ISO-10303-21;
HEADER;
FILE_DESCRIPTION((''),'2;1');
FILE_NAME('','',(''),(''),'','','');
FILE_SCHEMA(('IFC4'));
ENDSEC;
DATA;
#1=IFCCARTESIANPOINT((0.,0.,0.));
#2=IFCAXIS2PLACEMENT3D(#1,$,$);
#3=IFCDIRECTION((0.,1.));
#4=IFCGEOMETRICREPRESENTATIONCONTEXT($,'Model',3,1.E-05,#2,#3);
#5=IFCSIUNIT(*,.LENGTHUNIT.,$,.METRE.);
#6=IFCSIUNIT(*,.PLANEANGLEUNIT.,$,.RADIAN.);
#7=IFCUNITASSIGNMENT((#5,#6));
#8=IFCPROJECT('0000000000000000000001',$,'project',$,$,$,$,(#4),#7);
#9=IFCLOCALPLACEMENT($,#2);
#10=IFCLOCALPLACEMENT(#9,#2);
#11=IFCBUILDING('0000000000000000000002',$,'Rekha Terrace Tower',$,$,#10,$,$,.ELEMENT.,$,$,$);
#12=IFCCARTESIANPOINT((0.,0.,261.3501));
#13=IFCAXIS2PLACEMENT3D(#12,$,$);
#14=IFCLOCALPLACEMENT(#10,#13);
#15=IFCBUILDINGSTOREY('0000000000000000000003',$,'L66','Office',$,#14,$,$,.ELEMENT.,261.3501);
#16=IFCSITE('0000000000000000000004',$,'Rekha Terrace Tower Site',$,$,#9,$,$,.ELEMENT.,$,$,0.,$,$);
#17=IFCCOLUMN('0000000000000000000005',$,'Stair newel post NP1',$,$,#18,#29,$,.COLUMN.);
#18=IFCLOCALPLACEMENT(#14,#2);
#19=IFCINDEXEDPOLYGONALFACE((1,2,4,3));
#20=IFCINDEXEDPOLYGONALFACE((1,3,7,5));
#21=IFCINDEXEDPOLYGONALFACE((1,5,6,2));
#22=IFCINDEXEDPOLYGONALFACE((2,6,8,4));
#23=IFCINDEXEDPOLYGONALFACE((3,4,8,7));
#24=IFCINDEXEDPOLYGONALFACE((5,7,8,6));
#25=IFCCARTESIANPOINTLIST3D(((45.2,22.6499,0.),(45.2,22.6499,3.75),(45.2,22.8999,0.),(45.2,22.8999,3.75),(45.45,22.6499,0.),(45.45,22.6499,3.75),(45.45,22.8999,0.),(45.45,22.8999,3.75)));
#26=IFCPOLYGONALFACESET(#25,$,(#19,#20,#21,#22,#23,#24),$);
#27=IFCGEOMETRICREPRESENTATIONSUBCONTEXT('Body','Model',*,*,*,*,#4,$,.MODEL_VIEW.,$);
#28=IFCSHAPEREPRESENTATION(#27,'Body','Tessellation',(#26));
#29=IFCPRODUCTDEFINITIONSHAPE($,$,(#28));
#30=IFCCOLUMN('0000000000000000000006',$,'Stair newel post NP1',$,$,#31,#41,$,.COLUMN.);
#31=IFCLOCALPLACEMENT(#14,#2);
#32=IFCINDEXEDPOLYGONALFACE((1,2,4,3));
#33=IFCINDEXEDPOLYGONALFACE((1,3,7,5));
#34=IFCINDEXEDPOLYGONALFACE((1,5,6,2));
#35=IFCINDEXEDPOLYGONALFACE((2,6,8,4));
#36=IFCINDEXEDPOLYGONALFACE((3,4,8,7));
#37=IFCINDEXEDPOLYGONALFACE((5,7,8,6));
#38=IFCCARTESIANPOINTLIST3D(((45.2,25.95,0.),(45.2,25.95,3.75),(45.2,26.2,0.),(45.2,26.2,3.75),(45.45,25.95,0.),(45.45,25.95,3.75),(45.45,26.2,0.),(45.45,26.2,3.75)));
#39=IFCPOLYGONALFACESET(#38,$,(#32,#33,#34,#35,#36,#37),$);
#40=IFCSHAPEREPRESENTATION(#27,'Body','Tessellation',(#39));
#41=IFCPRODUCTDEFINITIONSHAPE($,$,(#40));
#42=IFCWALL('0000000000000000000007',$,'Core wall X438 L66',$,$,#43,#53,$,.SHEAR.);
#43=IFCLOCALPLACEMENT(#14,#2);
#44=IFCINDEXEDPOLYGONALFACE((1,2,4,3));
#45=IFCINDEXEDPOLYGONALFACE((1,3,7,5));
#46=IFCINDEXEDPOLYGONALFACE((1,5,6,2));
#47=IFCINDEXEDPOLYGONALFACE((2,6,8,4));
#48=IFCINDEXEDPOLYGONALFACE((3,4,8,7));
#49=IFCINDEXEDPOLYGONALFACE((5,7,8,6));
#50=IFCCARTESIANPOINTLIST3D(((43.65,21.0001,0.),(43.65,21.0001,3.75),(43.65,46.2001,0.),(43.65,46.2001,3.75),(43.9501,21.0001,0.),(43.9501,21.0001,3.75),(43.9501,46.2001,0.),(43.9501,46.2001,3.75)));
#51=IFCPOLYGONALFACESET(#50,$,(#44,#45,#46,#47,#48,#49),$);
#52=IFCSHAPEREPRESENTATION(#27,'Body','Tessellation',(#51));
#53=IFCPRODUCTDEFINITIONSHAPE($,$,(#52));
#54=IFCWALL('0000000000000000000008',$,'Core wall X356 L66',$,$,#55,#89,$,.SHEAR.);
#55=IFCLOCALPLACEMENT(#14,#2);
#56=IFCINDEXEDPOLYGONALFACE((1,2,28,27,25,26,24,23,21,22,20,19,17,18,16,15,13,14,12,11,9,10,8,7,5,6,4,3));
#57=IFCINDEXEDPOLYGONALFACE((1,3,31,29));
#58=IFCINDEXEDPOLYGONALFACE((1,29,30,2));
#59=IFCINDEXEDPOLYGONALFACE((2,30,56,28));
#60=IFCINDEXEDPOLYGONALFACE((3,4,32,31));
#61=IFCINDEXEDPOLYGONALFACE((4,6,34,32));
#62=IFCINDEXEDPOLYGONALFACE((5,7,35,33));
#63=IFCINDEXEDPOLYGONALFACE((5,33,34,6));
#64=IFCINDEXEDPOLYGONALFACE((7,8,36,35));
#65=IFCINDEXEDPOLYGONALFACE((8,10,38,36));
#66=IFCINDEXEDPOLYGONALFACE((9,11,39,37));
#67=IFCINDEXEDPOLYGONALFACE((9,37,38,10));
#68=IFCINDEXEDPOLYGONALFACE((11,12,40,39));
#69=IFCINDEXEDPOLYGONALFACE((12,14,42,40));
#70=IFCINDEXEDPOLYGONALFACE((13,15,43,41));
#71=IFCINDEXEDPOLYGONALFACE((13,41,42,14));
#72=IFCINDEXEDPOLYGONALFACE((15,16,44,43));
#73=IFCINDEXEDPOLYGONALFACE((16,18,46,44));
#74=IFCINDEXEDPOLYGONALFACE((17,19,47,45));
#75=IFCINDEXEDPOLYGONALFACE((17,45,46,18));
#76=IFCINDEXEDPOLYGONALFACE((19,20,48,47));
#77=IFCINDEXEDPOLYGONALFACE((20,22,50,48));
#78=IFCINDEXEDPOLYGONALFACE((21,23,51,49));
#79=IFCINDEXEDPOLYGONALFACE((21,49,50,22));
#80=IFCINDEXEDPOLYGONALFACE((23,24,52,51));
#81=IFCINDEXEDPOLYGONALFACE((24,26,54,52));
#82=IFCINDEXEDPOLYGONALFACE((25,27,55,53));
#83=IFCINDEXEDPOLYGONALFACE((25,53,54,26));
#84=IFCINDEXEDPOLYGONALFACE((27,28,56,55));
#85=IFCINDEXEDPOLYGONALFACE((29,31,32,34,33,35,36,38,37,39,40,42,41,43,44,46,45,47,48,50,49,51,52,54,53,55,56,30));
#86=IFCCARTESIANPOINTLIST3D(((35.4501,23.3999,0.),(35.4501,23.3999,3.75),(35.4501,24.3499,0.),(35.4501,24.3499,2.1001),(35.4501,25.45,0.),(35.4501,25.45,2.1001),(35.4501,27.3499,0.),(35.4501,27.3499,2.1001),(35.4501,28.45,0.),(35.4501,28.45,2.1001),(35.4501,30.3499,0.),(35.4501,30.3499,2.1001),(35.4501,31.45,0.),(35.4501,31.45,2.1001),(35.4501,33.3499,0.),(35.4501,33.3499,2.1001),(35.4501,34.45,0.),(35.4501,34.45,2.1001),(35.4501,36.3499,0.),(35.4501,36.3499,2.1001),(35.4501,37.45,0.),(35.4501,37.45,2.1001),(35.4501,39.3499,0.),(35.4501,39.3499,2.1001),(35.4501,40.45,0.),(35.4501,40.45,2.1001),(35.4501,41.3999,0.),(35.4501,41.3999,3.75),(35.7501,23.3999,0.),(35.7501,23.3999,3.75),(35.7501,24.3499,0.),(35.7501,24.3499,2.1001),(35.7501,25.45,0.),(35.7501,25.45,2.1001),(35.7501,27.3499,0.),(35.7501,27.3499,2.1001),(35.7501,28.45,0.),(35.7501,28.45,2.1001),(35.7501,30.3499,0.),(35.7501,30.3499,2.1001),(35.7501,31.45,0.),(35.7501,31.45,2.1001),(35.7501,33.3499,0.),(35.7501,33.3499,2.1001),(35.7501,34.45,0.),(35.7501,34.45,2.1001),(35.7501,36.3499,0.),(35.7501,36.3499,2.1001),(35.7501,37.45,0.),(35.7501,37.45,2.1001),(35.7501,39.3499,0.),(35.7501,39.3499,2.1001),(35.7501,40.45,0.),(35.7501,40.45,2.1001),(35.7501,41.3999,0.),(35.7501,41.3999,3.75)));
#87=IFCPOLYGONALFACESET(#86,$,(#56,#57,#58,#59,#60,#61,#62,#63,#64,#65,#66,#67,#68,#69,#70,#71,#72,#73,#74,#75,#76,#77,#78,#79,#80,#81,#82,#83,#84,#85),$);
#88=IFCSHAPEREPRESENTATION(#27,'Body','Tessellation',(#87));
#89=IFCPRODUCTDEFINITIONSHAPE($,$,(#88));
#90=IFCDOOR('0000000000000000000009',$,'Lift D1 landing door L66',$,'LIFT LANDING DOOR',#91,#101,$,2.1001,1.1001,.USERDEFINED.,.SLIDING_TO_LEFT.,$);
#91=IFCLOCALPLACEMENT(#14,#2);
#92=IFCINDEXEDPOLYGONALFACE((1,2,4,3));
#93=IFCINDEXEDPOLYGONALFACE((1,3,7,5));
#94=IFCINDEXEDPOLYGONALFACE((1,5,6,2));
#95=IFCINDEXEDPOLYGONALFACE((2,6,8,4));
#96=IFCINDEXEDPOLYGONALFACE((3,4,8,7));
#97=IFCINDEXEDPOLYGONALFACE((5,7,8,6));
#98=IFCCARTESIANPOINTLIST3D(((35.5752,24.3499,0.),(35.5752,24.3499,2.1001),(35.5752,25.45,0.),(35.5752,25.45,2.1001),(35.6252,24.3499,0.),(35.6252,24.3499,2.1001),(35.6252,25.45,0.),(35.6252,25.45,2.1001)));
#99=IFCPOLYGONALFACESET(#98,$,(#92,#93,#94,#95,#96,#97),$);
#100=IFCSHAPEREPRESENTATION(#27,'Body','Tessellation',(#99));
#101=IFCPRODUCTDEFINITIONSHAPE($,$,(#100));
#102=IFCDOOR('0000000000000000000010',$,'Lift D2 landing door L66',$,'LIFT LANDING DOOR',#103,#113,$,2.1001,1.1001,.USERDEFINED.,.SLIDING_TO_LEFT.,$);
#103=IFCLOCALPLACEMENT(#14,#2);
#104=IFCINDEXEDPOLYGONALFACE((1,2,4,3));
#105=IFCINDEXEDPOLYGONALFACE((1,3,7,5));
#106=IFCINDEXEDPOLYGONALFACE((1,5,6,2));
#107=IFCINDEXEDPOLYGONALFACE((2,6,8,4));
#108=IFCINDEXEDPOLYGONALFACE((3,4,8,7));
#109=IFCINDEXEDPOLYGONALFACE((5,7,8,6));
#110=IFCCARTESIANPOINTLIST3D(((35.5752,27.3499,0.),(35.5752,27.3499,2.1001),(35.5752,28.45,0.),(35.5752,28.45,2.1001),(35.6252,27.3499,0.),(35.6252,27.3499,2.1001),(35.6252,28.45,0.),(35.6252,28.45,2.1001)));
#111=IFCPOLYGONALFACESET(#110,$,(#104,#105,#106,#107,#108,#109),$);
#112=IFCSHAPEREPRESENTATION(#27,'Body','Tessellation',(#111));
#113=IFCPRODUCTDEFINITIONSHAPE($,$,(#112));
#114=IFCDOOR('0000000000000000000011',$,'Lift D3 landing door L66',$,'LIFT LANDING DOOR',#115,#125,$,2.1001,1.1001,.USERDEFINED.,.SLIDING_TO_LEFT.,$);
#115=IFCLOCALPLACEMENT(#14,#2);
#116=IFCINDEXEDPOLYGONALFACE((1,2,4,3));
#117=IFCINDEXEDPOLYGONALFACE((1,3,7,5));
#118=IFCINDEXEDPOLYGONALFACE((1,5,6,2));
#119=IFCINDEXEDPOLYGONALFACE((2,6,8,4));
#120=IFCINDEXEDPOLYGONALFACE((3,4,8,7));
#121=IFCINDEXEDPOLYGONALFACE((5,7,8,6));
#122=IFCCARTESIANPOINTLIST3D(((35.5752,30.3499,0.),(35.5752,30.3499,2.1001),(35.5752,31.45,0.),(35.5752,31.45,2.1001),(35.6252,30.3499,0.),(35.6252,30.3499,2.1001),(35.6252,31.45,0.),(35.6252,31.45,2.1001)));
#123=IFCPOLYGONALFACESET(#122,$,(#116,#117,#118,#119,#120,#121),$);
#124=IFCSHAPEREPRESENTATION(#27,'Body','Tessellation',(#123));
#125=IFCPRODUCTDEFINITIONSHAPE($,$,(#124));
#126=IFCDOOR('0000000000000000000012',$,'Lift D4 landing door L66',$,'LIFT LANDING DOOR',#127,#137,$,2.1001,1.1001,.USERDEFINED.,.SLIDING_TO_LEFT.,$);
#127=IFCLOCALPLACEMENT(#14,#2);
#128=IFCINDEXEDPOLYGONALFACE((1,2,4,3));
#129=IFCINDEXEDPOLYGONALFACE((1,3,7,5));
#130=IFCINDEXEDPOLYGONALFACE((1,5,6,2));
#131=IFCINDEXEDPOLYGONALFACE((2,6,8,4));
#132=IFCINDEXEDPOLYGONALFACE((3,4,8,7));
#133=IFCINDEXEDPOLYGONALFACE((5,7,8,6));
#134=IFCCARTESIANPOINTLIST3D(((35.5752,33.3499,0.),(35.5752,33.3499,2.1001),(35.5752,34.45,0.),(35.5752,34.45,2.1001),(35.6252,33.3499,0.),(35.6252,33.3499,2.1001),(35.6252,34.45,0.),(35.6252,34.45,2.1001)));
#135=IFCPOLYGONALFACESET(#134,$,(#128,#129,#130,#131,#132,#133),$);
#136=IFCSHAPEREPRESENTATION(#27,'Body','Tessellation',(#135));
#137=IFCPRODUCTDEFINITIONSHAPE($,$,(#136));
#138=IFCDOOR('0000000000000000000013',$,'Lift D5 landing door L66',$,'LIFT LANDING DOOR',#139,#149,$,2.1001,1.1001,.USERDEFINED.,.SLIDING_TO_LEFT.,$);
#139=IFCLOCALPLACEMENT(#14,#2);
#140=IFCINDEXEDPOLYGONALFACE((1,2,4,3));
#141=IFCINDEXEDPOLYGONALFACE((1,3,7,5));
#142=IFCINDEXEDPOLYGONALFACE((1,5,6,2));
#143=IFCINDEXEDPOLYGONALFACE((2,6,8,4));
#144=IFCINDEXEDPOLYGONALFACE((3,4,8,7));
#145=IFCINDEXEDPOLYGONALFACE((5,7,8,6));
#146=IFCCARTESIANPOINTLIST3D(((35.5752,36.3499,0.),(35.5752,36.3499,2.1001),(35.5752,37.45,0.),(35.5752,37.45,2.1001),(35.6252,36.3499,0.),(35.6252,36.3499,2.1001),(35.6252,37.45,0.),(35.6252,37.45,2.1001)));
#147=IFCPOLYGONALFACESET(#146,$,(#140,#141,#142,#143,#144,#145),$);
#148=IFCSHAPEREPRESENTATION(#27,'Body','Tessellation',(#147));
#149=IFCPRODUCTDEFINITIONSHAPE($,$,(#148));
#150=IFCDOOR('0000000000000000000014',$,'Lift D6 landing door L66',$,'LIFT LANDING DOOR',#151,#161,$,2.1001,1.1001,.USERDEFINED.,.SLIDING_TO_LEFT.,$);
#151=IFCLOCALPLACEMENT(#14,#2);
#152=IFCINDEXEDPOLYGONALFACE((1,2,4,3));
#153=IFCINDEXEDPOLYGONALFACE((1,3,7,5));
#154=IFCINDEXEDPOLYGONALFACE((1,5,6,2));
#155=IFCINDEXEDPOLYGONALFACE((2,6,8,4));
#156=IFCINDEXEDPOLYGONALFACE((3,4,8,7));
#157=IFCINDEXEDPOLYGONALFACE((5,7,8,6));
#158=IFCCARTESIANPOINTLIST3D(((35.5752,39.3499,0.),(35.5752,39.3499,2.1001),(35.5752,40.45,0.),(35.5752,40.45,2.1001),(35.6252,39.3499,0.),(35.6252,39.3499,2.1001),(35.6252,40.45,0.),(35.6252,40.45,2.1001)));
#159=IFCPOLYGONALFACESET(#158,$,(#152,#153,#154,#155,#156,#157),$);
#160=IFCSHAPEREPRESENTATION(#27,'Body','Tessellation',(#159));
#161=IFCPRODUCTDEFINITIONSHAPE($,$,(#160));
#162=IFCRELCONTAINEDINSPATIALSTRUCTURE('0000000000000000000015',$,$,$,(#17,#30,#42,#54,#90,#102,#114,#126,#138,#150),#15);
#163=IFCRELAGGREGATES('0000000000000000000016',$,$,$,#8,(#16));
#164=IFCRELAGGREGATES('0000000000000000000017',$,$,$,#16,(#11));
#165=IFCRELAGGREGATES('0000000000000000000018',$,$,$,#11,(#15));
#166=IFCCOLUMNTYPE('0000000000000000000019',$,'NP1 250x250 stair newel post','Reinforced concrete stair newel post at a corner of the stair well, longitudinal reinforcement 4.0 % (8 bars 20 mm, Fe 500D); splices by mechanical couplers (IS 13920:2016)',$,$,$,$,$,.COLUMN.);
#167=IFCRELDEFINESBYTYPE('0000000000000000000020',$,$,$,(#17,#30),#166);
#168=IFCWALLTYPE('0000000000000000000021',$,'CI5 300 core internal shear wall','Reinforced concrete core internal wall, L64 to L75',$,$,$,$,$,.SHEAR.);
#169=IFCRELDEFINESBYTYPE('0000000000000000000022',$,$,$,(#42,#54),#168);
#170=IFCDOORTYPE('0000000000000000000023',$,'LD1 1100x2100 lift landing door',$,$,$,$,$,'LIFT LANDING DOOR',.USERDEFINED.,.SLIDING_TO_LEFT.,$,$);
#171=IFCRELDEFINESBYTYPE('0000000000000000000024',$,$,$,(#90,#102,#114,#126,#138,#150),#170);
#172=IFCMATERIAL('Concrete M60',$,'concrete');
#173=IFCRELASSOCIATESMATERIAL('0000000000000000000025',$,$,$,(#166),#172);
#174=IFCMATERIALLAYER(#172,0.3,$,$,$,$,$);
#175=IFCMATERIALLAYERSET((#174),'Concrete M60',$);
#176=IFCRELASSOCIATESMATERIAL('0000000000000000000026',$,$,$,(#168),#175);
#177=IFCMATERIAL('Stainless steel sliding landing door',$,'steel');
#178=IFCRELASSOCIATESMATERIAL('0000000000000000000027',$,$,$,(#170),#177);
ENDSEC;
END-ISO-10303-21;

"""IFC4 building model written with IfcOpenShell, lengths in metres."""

from ifc_helpers import new_model, si_unit, direction, frame, frame_2d, origin, origin_2d, place, context, subcontext, project, spatial, rectangle, extrude, material, layer, layer_set, material_profile, profile_set, type_object, element, fill, save


model = new_model("IFC4")

# Units and contexts
model_context = context("Model", 3, precision=1e-05, world=origin(), true_north=direction((0.0, 1.0)))
body_context = subcontext(model_context, "Body", "Model", "MODEL_VIEW")
ifc_project = project(units=[si_unit("LENGTHUNIT", "METRE"), si_unit("PLANEANGLEUNIT", "RADIAN")], contexts=[model_context])

# Site, building, storey
site_placement = place(None, origin())
site = spatial("IfcSite", under=ifc_project, at=site_placement, Name="Rekha Terrace Tower Site", CompositionType="ELEMENT", RefElevation=0.0)
building_placement = place(site_placement, origin())
building = spatial("IfcBuilding", under=site, at=building_placement, Name="Rekha Terrace Tower", CompositionType="ELEMENT")
storey_placement = place(building_placement, frame((0.0, 0.0, 261.3501)))
storey = spatial("IfcBuildingStorey", under=building, at=storey_placement, Name="L66", Description="Office", CompositionType="ELEMENT", Elevation=261.3501)

# Columns
ifc_material_1 = material(Name="Concrete M60", Category="concrete")
ifc_material_profile = material_profile(ifc_material_1, rectangle(XDim=0.25, YDim=0.25, at=origin_2d()), Name="RC 250x250")
ifc_profile_set = profile_set([ifc_material_profile], Name="Concrete M60")
column_type = type_object("IfcColumnType", Name="NP1 250x250 stair newel post", Description="Reinforced concrete stair newel post at a corner of the stair well, longitudinal reinforcement 4.0 % (8 bars 20 mm, Fe 500D); splices by mechanical couplers (IS 13920:2016)", PredefinedType="COLUMN", material=ifc_profile_set)
for number, where, z_axis, x_axis, name in (
    (1, (45.325, 22.7749, 0.0), (0.0, 0.0, 1.0), (1.0, 0.0, 0.0), "Stair newel post NP1"),
    (2, (45.325, 26.075, 0.0), (0.0, 0.0, 1.0), (1.0, 0.0, 0.0), "Stair newel post NP1"),
):
    element("IfcColumn", number, at=place(storey_placement, frame(where, z_axis=z_axis, x_axis=x_axis)), inside=storey, type_object=column_type, Name=name, PredefinedType="COLUMN", context=body_context, shape_type="SweptSolid", body=[
        extrude(rectangle(XDim=0.25, YDim=0.25, at=origin_2d()), origin(), (0.0, 0.0, 1.0), 3.75),
    ])

# Wall
ifc_layer_1 = layer(ifc_material_1, 0.3)
ifc_layer_set_1 = layer_set([ifc_layer_1], Name="Concrete M60")
wall_type_1 = type_object("IfcWallType", Name="CI5 300 core internal shear wall", Description="Reinforced concrete core internal wall, L64 to L75", PredefinedType="SHEAR", material=ifc_layer_set_1)
wall_1_placement = place(storey_placement, frame((43.8, 21.0, 0.0), z_axis=(0.0, 0.0, 1.0), x_axis=(0.0, 1.0, 0.0)))
element("IfcWall", 3, at=wall_1_placement, inside=storey, type_object=wall_type_1, Name="Core wall X438 L66", PredefinedType="SHEAR", context=body_context, shape_type="SweptSolid", body=[
    extrude(rectangle(XDim=25.2, YDim=0.3, at=frame_2d((12.6001, 0.0))), origin(), (0.0, 0.0, 1.0), 3.75),
])

# Wall, openings, doors
wall_2_placement = place(storey_placement, frame((35.6001, 23.3999, 0.0), z_axis=(0.0, 0.0, 1.0), x_axis=(0.0, 1.0, 0.0)))
wall_2 = element("IfcWall", 4, at=wall_2_placement, inside=storey, type_object=wall_type_1, Name="Core wall X356 L66", PredefinedType="SHEAR", context=body_context, shape_type="SweptSolid", body=[
    extrude(rectangle(XDim=18.0, YDim=0.3, at=frame_2d((9.0, 0.0))), origin(), (0.0, 0.0, 1.0), 3.75),
])
opening_1_placement = place(wall_2_placement, frame((0.95, 0.0, 0.0)))
opening_1 = element("IfcOpeningElement", 5, at=opening_1_placement, cuts=wall_2, PredefinedType="OPENING", context=body_context, shape_type="SweptSolid", body=[
    extrude(rectangle(XDim=1.1001, YDim=2.1001, at=frame_2d((0.55, 1.05))), frame((0.0, 0.1599, 0.0), z_axis=(0.0, -1.0, 0.0), x_axis=(1.0, 0.0, 0.0)), (0.0, 0.0, 1.0), 0.3201),
])
opening_2_placement = place(wall_2_placement, frame((3.95, 0.0, 0.0)))
opening_2 = element("IfcOpeningElement", 6, at=opening_2_placement, cuts=wall_2, PredefinedType="OPENING", context=body_context, shape_type="SweptSolid", body=[
    extrude(rectangle(XDim=1.1001, YDim=2.1001, at=frame_2d((0.55, 1.05))), frame((0.0, 0.1599, 0.0), z_axis=(0.0, -1.0, 0.0), x_axis=(1.0, 0.0, 0.0)), (0.0, 0.0, 1.0), 0.3201),
])
opening_3_placement = place(wall_2_placement, frame((6.95, 0.0, 0.0)))
opening_3 = element("IfcOpeningElement", 7, at=opening_3_placement, cuts=wall_2, PredefinedType="OPENING", context=body_context, shape_type="SweptSolid", body=[
    extrude(rectangle(XDim=1.1001, YDim=2.1001, at=frame_2d((0.55, 1.05))), frame((0.0, 0.1599, 0.0), z_axis=(0.0, -1.0, 0.0), x_axis=(1.0, 0.0, 0.0)), (0.0, 0.0, 1.0), 0.3201),
])
opening_4_placement = place(wall_2_placement, frame((9.95, 0.0, 0.0)))
opening_4 = element("IfcOpeningElement", 8, at=opening_4_placement, cuts=wall_2, PredefinedType="OPENING", context=body_context, shape_type="SweptSolid", body=[
    extrude(rectangle(XDim=1.1001, YDim=2.1001, at=frame_2d((0.55, 1.05))), frame((0.0, 0.1599, 0.0), z_axis=(0.0, -1.0, 0.0), x_axis=(1.0, 0.0, 0.0)), (0.0, 0.0, 1.0), 0.3201),
])
opening_5_placement = place(wall_2_placement, frame((12.95, 0.0, 0.0)))
opening_5 = element("IfcOpeningElement", 9, at=opening_5_placement, cuts=wall_2, PredefinedType="OPENING", context=body_context, shape_type="SweptSolid", body=[
    extrude(rectangle(XDim=1.1001, YDim=2.1001, at=frame_2d((0.55, 1.05))), frame((0.0, 0.1599, 0.0), z_axis=(0.0, -1.0, 0.0), x_axis=(1.0, 0.0, 0.0)), (0.0, 0.0, 1.0), 0.3201),
])
opening_6_placement = place(wall_2_placement, frame((15.95, 0.0, 0.0)))
opening_6 = element("IfcOpeningElement", 10, at=opening_6_placement, cuts=wall_2, PredefinedType="OPENING", context=body_context, shape_type="SweptSolid", body=[
    extrude(rectangle(XDim=1.1001, YDim=2.1001, at=frame_2d((0.55, 1.05))), frame((0.0, 0.1599, 0.0), z_axis=(0.0, -1.0, 0.0), x_axis=(1.0, 0.0, 0.0)), (0.0, 0.0, 1.0), 0.3201),
])
ifc_material_2 = material(Name="Stainless steel sliding landing door", Category="steel")
door_type_1 = type_object("IfcDoorType", Name="LD1 1100x2100 lift landing door", ElementType="LIFT LANDING DOOR", OperationType="SLIDING_TO_LEFT", PredefinedType="USERDEFINED", material=ifc_material_2)
door_1_placement = place(opening_1_placement, origin())
door_1 = element("IfcDoor", 11, at=door_1_placement, inside=storey, type_object=door_type_1, Name="Lift D1 landing door L66", ObjectType="LIFT LANDING DOOR", OperationType="SLIDING_TO_LEFT", OverallHeight=2.1001, OverallWidth=1.1001, PredefinedType="USERDEFINED", context=body_context, shape_type="SweptSolid", body=[
    extrude(rectangle(XDim=1.1001, YDim=2.1001, at=frame_2d((0.55, 1.05))), frame((0.0, 0.0249, 0.0), z_axis=(0.0, -1.0, 0.0), x_axis=(1.0, 0.0, 0.0)), (0.0, 0.0, 1.0), 0.05),
])
fill(opening_1, door_1)
door_2_placement = place(opening_2_placement, origin())
door_2 = element("IfcDoor", 12, at=door_2_placement, inside=storey, type_object=door_type_1, Name="Lift D2 landing door L66", ObjectType="LIFT LANDING DOOR", OperationType="SLIDING_TO_LEFT", OverallHeight=2.1001, OverallWidth=1.1001, PredefinedType="USERDEFINED", context=body_context, shape_type="SweptSolid", body=[
    extrude(rectangle(XDim=1.1001, YDim=2.1001, at=frame_2d((0.55, 1.05))), frame((0.0, 0.0249, 0.0), z_axis=(0.0, -1.0, 0.0), x_axis=(1.0, 0.0, 0.0)), (0.0, 0.0, 1.0), 0.05),
])
fill(opening_2, door_2)
door_3_placement = place(opening_3_placement, origin())
door_3 = element("IfcDoor", 13, at=door_3_placement, inside=storey, type_object=door_type_1, Name="Lift D3 landing door L66", ObjectType="LIFT LANDING DOOR", OperationType="SLIDING_TO_LEFT", OverallHeight=2.1001, OverallWidth=1.1001, PredefinedType="USERDEFINED", context=body_context, shape_type="SweptSolid", body=[
    extrude(rectangle(XDim=1.1001, YDim=2.1001, at=frame_2d((0.55, 1.05))), frame((0.0, 0.0249, 0.0), z_axis=(0.0, -1.0, 0.0), x_axis=(1.0, 0.0, 0.0)), (0.0, 0.0, 1.0), 0.05),
])
fill(opening_3, door_3)
door_4_placement = place(opening_4_placement, origin())
door_4 = element("IfcDoor", 14, at=door_4_placement, inside=storey, type_object=door_type_1, Name="Lift D4 landing door L66", ObjectType="LIFT LANDING DOOR", OperationType="SLIDING_TO_LEFT", OverallHeight=2.1001, OverallWidth=1.1001, PredefinedType="USERDEFINED", context=body_context, shape_type="SweptSolid", body=[
    extrude(rectangle(XDim=1.1001, YDim=2.1001, at=frame_2d((0.55, 1.05))), frame((0.0, 0.0249, 0.0), z_axis=(0.0, -1.0, 0.0), x_axis=(1.0, 0.0, 0.0)), (0.0, 0.0, 1.0), 0.05),
])
fill(opening_4, door_4)
door_5_placement = place(opening_5_placement, origin())
door_5 = element("IfcDoor", 15, at=door_5_placement, inside=storey, type_object=door_type_1, Name="Lift D5 landing door L66", ObjectType="LIFT LANDING DOOR", OperationType="SLIDING_TO_LEFT", OverallHeight=2.1001, OverallWidth=1.1001, PredefinedType="USERDEFINED", context=body_context, shape_type="SweptSolid", body=[
    extrude(rectangle(XDim=1.1001, YDim=2.1001, at=frame_2d((0.55, 1.05))), frame((0.0, 0.0249, 0.0), z_axis=(0.0, -1.0, 0.0), x_axis=(1.0, 0.0, 0.0)), (0.0, 0.0, 1.0), 0.05),
])
fill(opening_5, door_5)
door_6_placement = place(opening_6_placement, origin())
door_6 = element("IfcDoor", 16, at=door_6_placement, inside=storey, type_object=door_type_1, Name="Lift D6 landing door L66", ObjectType="LIFT LANDING DOOR", OperationType="SLIDING_TO_LEFT", OverallHeight=2.1001, OverallWidth=1.1001, PredefinedType="USERDEFINED", context=body_context, shape_type="SweptSolid", body=[
    extrude(rectangle(XDim=1.1001, YDim=2.1001, at=frame_2d((0.55, 1.05))), frame((0.0, 0.0249, 0.0), z_axis=(0.0, -1.0, 0.0), x_axis=(1.0, 0.0, 0.0)), (0.0, 0.0, 1.0), 0.05),
])
fill(opening_6, door_6)

save(model, "model.ifc")
